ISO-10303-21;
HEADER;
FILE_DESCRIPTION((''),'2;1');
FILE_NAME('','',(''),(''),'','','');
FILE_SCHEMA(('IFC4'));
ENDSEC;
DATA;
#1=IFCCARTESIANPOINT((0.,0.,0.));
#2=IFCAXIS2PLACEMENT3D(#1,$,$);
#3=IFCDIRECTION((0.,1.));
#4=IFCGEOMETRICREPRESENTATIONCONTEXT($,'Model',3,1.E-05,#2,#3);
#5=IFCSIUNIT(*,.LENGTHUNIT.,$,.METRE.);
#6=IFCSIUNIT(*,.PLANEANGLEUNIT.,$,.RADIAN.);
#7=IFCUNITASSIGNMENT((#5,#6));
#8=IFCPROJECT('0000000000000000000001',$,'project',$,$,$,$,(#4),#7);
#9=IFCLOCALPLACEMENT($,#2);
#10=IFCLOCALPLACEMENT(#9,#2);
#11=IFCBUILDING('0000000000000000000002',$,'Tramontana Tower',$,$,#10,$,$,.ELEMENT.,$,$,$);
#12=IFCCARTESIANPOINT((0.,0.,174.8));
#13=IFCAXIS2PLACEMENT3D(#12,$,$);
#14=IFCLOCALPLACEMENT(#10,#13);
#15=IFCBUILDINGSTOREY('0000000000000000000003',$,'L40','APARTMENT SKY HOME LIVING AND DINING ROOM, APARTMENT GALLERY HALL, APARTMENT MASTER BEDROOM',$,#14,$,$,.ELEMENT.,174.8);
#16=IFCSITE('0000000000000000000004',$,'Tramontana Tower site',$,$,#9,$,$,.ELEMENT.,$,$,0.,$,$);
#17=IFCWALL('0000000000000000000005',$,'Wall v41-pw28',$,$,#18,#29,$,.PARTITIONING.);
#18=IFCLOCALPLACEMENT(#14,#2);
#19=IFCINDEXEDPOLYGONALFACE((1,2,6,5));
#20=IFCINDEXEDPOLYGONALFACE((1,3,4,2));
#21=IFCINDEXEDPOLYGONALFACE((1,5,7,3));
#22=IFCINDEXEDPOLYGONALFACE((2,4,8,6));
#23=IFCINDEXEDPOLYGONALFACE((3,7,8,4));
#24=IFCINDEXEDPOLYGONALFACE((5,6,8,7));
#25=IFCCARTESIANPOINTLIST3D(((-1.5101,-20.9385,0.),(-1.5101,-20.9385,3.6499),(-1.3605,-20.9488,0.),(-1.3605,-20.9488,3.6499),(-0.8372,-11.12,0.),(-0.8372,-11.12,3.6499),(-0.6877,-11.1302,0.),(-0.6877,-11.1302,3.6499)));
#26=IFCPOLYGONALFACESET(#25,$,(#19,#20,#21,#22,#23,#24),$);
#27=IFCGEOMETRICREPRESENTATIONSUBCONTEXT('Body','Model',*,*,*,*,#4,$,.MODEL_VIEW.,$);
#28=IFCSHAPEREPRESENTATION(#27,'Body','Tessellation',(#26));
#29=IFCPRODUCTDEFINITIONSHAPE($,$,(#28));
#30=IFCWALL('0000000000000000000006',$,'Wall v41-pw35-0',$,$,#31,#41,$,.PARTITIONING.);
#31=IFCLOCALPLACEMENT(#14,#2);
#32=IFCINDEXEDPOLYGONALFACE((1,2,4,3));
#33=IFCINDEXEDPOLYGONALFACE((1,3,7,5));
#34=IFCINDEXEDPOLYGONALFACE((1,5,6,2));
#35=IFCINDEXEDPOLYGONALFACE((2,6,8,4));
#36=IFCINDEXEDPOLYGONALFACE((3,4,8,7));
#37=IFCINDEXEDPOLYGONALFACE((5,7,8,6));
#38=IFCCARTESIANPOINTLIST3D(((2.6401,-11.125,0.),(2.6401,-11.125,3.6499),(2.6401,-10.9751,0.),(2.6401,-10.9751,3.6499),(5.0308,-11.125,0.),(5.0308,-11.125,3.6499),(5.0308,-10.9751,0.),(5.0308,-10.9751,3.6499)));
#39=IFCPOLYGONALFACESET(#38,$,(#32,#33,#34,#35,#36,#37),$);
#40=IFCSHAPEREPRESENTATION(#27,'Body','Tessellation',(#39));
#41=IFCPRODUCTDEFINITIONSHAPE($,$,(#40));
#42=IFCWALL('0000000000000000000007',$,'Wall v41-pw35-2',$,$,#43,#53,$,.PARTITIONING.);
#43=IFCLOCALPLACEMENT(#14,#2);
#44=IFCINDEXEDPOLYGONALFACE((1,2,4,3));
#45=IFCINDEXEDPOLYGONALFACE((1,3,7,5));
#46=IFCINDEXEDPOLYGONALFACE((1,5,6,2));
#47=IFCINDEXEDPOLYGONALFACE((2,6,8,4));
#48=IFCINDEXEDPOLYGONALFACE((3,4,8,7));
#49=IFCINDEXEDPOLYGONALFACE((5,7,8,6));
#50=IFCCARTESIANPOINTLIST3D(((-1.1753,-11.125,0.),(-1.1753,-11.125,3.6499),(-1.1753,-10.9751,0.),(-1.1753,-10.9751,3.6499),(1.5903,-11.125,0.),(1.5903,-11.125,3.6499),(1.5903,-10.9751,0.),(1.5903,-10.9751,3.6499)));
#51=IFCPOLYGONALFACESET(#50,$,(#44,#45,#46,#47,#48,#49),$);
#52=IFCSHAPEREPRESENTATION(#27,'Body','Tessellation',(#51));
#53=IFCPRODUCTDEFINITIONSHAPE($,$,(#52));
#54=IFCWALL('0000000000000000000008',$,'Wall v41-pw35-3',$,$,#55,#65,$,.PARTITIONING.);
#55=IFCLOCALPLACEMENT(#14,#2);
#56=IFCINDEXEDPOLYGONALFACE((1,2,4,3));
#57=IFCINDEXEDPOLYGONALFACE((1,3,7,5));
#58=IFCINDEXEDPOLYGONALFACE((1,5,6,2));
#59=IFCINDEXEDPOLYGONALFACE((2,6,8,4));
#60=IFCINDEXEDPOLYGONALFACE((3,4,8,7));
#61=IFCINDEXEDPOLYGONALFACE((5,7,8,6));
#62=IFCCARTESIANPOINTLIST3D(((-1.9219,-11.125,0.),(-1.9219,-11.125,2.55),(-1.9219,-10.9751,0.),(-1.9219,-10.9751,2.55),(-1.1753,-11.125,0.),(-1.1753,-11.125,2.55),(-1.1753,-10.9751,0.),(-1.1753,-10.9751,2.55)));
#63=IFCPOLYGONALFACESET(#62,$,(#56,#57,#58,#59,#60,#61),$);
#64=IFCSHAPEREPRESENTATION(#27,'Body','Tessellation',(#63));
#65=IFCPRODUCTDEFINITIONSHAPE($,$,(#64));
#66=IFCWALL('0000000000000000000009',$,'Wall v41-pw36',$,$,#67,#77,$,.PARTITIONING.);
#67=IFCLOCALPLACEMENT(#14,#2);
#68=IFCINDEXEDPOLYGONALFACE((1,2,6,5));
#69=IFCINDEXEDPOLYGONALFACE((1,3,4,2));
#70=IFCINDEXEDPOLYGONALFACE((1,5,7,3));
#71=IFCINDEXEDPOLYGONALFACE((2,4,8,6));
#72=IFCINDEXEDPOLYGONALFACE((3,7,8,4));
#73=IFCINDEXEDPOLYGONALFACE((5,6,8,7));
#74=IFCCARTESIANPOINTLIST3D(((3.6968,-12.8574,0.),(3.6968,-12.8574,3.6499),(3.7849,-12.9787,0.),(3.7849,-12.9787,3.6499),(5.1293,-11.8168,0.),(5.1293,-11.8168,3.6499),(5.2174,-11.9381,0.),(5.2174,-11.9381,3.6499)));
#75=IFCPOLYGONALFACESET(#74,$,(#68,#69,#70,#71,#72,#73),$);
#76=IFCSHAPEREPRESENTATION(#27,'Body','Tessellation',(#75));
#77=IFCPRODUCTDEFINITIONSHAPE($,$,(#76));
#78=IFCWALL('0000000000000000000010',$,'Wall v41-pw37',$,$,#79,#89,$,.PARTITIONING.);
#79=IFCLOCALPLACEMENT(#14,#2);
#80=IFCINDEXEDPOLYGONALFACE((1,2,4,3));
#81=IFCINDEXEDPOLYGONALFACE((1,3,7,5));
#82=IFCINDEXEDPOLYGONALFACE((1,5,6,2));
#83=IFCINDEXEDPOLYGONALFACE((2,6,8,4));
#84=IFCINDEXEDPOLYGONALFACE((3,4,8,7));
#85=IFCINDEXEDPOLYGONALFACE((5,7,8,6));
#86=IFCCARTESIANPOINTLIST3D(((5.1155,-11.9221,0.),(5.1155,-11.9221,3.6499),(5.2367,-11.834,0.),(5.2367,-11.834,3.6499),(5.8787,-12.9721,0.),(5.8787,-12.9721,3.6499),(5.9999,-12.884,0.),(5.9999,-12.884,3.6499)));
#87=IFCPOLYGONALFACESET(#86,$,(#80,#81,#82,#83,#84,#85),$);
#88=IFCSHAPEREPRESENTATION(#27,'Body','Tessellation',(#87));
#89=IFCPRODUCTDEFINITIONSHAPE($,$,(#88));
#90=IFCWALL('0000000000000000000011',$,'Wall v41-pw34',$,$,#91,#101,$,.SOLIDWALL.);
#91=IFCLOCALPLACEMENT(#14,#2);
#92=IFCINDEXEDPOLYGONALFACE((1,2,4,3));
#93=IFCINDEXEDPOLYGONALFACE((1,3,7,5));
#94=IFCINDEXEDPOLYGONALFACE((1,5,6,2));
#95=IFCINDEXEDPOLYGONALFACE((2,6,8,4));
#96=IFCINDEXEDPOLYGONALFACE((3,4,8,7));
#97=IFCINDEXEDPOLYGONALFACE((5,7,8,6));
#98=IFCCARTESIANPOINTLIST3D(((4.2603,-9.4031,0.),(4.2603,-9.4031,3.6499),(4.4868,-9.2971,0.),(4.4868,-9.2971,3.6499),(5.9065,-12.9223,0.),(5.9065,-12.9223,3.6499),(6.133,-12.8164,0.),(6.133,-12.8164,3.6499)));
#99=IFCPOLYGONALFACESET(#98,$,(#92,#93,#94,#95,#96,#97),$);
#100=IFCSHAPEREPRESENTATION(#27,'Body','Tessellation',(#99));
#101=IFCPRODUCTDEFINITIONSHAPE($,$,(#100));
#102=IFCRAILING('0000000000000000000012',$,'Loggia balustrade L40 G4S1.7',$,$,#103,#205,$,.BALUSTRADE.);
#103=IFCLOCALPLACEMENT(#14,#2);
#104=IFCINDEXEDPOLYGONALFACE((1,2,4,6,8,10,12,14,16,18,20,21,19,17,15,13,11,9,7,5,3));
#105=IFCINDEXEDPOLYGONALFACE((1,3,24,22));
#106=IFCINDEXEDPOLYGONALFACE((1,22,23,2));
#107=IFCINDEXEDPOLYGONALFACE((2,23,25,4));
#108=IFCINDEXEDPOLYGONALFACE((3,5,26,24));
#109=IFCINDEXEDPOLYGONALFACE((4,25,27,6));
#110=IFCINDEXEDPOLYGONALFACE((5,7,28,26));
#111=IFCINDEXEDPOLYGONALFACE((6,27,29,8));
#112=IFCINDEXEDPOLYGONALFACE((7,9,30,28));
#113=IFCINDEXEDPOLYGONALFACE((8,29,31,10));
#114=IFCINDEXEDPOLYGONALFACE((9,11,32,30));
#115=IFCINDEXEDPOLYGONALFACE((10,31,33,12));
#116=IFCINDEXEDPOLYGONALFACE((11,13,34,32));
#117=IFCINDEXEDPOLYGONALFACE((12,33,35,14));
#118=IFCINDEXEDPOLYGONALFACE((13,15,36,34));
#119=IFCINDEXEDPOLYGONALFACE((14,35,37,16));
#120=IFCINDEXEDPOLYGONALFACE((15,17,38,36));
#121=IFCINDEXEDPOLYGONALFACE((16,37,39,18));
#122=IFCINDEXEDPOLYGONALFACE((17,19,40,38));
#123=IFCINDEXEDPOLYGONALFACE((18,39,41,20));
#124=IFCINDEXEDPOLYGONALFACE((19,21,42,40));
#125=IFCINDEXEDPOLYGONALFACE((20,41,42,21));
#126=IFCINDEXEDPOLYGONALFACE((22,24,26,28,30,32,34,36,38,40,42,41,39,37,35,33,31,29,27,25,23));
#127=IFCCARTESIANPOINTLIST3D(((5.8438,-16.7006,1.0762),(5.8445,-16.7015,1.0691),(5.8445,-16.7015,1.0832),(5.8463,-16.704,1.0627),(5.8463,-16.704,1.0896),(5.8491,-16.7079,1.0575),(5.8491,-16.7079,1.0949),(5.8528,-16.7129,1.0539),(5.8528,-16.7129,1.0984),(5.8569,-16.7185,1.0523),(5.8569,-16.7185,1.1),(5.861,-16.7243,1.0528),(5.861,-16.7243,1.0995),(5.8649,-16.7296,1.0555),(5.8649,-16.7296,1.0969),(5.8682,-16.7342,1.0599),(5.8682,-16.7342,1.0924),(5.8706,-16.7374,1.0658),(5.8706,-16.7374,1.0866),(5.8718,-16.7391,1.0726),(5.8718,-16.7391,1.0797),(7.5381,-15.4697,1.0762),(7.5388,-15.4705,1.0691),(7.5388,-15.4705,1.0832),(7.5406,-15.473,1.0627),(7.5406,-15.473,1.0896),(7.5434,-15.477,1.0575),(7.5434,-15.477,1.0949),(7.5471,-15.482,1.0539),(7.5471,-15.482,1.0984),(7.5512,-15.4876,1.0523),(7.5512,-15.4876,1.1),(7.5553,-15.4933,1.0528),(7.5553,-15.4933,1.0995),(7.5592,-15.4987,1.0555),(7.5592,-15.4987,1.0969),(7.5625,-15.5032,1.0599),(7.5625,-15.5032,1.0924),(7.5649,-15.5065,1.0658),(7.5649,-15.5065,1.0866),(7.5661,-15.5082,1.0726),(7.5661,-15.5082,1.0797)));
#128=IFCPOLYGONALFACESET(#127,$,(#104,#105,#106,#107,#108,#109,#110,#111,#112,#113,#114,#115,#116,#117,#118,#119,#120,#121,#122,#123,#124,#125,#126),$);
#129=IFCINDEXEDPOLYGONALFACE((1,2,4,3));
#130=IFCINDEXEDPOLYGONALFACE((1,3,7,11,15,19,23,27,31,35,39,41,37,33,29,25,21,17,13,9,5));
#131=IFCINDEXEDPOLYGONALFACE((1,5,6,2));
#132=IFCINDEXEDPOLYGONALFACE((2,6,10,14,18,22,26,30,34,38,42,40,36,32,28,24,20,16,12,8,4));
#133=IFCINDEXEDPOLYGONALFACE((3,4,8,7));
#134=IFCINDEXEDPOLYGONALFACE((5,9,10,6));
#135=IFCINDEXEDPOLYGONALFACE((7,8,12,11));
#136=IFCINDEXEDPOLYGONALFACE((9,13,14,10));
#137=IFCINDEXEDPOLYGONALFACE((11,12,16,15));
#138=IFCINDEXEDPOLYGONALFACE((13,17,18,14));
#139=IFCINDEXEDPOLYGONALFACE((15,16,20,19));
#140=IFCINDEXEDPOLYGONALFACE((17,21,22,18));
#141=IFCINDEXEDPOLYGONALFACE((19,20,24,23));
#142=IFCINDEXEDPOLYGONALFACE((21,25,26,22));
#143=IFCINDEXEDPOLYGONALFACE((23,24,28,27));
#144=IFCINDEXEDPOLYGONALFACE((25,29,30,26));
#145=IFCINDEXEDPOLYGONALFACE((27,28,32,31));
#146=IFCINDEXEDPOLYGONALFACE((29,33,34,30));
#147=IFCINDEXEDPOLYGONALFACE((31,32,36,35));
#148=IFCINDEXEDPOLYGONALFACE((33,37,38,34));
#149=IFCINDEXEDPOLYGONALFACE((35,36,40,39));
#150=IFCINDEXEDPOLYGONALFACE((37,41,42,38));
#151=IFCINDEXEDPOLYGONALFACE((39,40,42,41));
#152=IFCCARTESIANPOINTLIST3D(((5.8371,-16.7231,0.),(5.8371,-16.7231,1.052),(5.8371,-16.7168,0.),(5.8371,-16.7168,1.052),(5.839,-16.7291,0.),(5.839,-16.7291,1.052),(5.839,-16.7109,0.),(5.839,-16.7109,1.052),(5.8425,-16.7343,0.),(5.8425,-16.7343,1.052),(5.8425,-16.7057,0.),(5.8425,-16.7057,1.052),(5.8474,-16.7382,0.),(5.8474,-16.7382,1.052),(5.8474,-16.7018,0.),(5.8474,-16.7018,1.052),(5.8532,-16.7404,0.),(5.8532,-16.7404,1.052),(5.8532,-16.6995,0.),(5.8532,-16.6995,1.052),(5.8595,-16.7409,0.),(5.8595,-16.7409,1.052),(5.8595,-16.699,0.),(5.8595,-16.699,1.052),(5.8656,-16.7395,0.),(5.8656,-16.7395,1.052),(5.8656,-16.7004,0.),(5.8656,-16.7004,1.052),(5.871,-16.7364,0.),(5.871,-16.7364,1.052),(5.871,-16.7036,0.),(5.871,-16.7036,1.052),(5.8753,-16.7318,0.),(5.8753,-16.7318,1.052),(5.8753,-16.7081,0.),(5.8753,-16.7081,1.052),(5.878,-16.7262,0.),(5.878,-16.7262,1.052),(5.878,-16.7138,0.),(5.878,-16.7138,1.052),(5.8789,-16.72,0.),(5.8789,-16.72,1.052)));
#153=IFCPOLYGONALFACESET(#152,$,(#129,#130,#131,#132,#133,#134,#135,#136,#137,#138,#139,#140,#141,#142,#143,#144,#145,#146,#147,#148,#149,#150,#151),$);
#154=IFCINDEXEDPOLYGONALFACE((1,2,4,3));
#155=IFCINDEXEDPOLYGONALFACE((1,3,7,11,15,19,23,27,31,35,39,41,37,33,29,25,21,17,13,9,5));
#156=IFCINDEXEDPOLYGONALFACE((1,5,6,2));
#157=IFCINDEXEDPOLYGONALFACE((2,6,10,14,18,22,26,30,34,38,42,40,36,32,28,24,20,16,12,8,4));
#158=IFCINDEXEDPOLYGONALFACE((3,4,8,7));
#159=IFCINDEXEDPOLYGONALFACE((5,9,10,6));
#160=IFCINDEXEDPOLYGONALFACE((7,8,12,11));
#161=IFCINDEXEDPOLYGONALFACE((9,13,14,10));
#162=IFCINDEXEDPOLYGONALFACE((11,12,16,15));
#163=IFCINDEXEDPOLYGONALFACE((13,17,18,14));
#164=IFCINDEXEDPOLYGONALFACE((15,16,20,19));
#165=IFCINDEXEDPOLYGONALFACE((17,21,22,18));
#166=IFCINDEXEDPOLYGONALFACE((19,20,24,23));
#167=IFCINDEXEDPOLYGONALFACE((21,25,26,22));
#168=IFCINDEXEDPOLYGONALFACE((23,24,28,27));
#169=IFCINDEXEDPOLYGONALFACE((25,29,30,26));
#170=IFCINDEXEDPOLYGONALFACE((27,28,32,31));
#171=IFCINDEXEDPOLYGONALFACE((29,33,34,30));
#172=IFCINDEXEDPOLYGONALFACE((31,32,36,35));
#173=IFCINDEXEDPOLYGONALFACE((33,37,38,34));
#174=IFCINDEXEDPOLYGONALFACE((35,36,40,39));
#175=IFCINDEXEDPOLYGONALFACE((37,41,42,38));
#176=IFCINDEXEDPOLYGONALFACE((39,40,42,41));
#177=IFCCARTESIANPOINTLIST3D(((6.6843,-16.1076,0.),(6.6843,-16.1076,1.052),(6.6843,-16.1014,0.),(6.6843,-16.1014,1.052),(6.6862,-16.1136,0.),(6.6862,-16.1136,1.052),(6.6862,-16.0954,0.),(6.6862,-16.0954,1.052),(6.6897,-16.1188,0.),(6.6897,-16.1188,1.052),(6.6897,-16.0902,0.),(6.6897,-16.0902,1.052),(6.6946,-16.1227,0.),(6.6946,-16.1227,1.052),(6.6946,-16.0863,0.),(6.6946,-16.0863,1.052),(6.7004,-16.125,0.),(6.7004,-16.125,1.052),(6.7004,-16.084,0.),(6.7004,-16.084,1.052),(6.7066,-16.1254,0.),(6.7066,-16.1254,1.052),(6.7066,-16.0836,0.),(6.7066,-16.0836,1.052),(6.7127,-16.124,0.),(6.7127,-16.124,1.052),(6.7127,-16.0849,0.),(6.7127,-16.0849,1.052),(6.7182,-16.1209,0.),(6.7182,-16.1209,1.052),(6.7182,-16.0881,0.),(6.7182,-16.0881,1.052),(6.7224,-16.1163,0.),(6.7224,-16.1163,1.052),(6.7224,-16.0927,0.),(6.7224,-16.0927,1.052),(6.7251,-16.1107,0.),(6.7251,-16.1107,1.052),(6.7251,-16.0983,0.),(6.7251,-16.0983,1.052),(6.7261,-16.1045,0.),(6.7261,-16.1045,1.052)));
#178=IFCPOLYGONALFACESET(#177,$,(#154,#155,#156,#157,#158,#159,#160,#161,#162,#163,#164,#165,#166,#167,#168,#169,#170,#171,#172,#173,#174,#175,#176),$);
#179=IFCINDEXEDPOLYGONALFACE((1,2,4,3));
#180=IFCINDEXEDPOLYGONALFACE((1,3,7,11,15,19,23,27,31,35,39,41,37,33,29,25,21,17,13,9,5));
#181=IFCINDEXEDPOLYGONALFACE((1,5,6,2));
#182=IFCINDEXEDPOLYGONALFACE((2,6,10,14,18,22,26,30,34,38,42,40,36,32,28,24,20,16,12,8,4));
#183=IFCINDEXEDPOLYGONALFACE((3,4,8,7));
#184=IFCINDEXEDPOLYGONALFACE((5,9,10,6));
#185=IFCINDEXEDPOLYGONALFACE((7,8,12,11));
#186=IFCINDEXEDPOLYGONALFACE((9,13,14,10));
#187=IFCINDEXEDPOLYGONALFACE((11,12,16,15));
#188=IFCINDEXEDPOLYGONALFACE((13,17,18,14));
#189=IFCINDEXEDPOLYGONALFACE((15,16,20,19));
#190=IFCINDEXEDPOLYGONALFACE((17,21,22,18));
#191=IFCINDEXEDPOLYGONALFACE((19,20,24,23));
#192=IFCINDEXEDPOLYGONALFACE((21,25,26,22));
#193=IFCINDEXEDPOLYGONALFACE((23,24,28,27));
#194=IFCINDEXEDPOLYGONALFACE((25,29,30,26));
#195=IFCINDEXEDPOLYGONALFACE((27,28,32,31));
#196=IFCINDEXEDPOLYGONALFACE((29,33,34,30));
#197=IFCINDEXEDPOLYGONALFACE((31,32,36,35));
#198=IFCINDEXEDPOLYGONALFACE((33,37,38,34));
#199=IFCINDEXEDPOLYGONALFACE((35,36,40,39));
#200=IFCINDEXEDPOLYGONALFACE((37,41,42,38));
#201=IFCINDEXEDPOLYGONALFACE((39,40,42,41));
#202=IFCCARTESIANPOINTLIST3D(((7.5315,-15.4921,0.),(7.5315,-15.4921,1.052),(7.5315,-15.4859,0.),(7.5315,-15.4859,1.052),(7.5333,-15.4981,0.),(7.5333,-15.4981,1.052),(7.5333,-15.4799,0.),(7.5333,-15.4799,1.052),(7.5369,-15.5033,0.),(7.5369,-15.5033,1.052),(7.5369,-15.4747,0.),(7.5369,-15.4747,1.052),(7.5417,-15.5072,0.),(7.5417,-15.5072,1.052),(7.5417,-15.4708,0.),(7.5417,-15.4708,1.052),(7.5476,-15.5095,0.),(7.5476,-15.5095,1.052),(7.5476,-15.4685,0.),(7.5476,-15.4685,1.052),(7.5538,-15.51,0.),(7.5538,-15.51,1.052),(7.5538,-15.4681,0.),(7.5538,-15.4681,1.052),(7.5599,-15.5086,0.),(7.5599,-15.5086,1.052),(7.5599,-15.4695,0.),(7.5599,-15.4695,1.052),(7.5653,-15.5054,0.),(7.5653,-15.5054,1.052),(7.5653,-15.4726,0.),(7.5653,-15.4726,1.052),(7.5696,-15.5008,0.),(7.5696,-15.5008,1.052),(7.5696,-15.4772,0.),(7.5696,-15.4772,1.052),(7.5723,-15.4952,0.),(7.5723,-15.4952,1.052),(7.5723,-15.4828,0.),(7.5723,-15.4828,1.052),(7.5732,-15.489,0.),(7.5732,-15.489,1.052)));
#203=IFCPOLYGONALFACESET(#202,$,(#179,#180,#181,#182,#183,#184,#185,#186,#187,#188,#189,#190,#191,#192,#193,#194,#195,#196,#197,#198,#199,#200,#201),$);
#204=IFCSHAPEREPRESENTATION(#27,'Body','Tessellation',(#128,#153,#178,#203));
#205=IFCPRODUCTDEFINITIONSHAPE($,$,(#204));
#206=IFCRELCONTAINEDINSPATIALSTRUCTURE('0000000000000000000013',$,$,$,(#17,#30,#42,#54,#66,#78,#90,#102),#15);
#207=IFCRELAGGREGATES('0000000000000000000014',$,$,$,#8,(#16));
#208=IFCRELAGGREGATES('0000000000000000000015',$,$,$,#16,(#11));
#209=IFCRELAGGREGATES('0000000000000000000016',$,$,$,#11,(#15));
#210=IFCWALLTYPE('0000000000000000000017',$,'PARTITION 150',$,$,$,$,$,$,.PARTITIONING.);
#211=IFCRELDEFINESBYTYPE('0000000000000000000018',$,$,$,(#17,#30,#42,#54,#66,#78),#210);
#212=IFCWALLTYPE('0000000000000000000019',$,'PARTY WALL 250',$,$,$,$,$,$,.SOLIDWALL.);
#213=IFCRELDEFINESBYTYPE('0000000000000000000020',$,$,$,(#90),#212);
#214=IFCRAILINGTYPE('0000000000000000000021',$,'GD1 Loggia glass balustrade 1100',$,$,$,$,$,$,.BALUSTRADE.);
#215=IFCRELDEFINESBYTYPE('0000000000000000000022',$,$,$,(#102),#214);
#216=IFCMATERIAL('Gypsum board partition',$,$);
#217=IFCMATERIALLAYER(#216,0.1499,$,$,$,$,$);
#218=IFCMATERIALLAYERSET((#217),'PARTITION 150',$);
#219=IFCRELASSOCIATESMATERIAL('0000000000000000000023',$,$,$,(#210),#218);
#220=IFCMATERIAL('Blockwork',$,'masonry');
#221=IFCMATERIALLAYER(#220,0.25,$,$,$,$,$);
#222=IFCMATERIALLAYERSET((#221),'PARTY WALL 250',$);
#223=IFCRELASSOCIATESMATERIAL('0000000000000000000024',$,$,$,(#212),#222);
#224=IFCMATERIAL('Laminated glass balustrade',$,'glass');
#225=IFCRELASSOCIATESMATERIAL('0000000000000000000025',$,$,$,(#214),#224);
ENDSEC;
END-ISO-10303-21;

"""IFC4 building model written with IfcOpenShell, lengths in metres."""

from ifc_helpers import new_model, si_unit, direction, frame, frame_2d, origin, origin_2d, place, context, subcontext, project, spatial, rectangle, circle, extrude, material, layer, layer_set, type_object, element, save


model = new_model("IFC4")

# Units and contexts
model_context = context("Model", 3, precision=1e-05, world=origin(), true_north=direction((0.0, 1.0)))
body_context = subcontext(model_context, "Body", "Model", "MODEL_VIEW")
ifc_project = project(units=[si_unit("LENGTHUNIT", "METRE"), si_unit("PLANEANGLEUNIT", "RADIAN")], contexts=[model_context])

# Site, building, storey
site_placement = place(None, origin())
site = spatial("IfcSite", under=ifc_project, at=site_placement, Name="Tramontana Tower site", CompositionType="ELEMENT", RefElevation=0.0)
building_placement = place(site_placement, origin())
building = spatial("IfcBuilding", under=site, at=building_placement, Name="Tramontana Tower", CompositionType="ELEMENT")
storey_placement = place(building_placement, frame((0.0, 0.0, 174.8)))
storey = spatial("IfcBuildingStorey", under=building, at=storey_placement, Name="L40", Description="APARTMENT SKY HOME LIVING AND DINING ROOM, APARTMENT GALLERY HALL, APARTMENT MASTER BEDROOM", CompositionType="ELEMENT", Elevation=174.8)

# Wall
ifc_material_1 = material(Name="Gypsum board partition")
ifc_layer_1 = layer(ifc_material_1, 0.1499)
ifc_layer_set_1 = layer_set([ifc_layer_1], Name="PARTITION 150")
wall_type_1 = type_object("IfcWallType", Name="PARTITION 150", PredefinedType="PARTITIONING", material=ifc_layer_set_1)
wall_1_placement = place(storey_placement, frame((-0.7625, -11.125, 0.0), z_axis=(0.0, 0.0, 1.0), x_axis=(-0.068368, -0.99766, 0.0)))
element("IfcWall", 1, at=wall_1_placement, inside=storey, type_object=wall_type_1, Name="Wall v41-pw28", PredefinedType="PARTITIONING", context=body_context, shape_type="SweptSolid", body=[
    extrude(rectangle(XDim=9.8416, YDim=0.1499, at=frame_2d((4.9209, 0.0))), origin(), (0.0, 0.0, 1.0), 3.6499),
])

# Wall
wall_2_placement = place(storey_placement, frame((5.0308, -11.05, 0.0), z_axis=(0.0, 0.0, 1.0), x_axis=(-1.0, 0.0, 0.0)))
element("IfcWall", 2, at=wall_2_placement, inside=storey, type_object=wall_type_1, Name="Wall v41-pw35-0", PredefinedType="PARTITIONING", context=body_context, shape_type="SweptSolid", body=[
    extrude(rectangle(XDim=2.3906, YDim=0.1499, at=frame_2d((1.1953, 0.0))), origin(), (0.0, 0.0, 1.0), 3.6499),
])

# Walls
wall_3_placement = place(storey_placement, frame((1.5903, -11.05, 0.0), z_axis=(0.0, 0.0, 1.0), x_axis=(-1.0, 0.0, 0.0)))
element("IfcWall", 3, at=wall_3_placement, inside=storey, type_object=wall_type_1, Name="Wall v41-pw35-2", PredefinedType="PARTITIONING", context=body_context, shape_type="SweptSolid", body=[
    extrude(rectangle(XDim=2.7656, YDim=0.1499, at=frame_2d((1.3828, 0.0))), origin(), (0.0, 0.0, 1.0), 3.6499),
])
wall_4_placement = place(storey_placement, frame((-1.1753, -11.05, 0.0), z_axis=(0.0, 0.0, 1.0), x_axis=(-1.0, 0.0, 0.0)))
element("IfcWall", 4, at=wall_4_placement, inside=storey, type_object=wall_type_1, Name="Wall v41-pw35-3", PredefinedType="PARTITIONING", context=body_context, shape_type="SweptSolid", body=[
    extrude(rectangle(XDim=0.7466, YDim=0.1499, at=frame_2d((0.3733, 0.0))), origin(), (0.0, 0.0, 1.0), 2.55),
])
wall_5_placement = place(storey_placement, frame((5.1733, -11.8774, 0.0), z_axis=(0.0, 0.0, 1.0), x_axis=(-0.809058, -0.587729, 0.0)))
element("IfcWall", 5, at=wall_5_placement, inside=storey, type_object=wall_type_1, Name="Wall v41-pw36", PredefinedType="PARTITIONING", context=body_context, shape_type="SweptSolid", body=[
    extrude(rectangle(XDim=1.7705, YDim=0.1499, at=frame_2d((0.8853, 0.0))), origin(), (0.0, 0.0, 1.0), 3.6499),
])
wall_6_placement = place(storey_placement, frame((5.9392, -12.928, 0.0), z_axis=(0.0, 0.0, 1.0), x_axis=(-0.587926, 0.808915, 0.0)))
element("IfcWall", 6, at=wall_6_placement, inside=storey, type_object=wall_type_1, Name="Wall v41-pw37", PredefinedType="PARTITIONING", context=body_context, shape_type="SweptSolid", body=[
    extrude(rectangle(XDim=1.2981, YDim=0.1499, at=frame_2d((0.6489, 0.0))), origin(), (0.0, 0.0, 1.0), 3.6499),
])
ifc_material_2 = material(Name="Blockwork", Category="masonry")
ifc_layer_2 = layer(ifc_material_2, 0.25)
ifc_layer_set_2 = layer_set([ifc_layer_2], Name="PARTY WALL 250")
wall_type_2 = type_object("IfcWallType", Name="PARTY WALL 250", PredefinedType="SOLIDWALL", material=ifc_layer_set_2)
wall_7_placement = place(storey_placement, frame((4.3735, -9.3501, 0.0), z_axis=(0.0, 0.0, 1.0), x_axis=(0.423711, -0.905797, 0.0)))
element("IfcWall", 7, at=wall_7_placement, inside=storey, type_object=wall_type_2, Name="Wall v41-pw34", PredefinedType="SOLIDWALL", context=body_context, shape_type="SweptSolid", body=[
    extrude(rectangle(XDim=3.8853, YDim=0.25, at=frame_2d((1.9426, 0.0))), origin(), (0.0, 0.0, 1.0), 3.6499),
])

# Railing
ifc_material_3 = material(Name="Laminated glass balustrade", Category="glass")
railing_type = type_object("IfcRailingType", Name="GD1 Loggia glass balustrade 1100", PredefinedType="BALUSTRADE", material=ifc_material_3)
railing_placement = place(storey_placement, frame((5.8579, -16.72, 0.0)))
element("IfcRailing", 8, at=railing_placement, inside=storey, type_object=railing_type, Name="Loggia balustrade L40 G4S1.7", PredefinedType="BALUSTRADE", context=body_context, shape_type="SweptSolid", body=[
    extrude(circle(Radius=0.0239, at=origin_2d()), frame((0.0, 0.0, 1.0762), z_axis=(0.809028, 0.58777, 0.0), x_axis=(-0.58777, 0.809028, 0.0)), (0.0, 0.0, 1.0), 2.0942),
    extrude(circle(Radius=0.021, at=origin_2d()), origin(), (0.0, 0.0, 1.0), 1.052),
    extrude(circle(Radius=0.021, at=origin_2d()), frame((0.8472, 0.6155, 0.0)), (0.0, 0.0, 1.0), 1.052),
    extrude(circle(Radius=0.021, at=origin_2d()), frame((1.6943, 1.231, 0.0)), (0.0, 0.0, 1.0), 1.052),
])

save(model, "model.ifc")
